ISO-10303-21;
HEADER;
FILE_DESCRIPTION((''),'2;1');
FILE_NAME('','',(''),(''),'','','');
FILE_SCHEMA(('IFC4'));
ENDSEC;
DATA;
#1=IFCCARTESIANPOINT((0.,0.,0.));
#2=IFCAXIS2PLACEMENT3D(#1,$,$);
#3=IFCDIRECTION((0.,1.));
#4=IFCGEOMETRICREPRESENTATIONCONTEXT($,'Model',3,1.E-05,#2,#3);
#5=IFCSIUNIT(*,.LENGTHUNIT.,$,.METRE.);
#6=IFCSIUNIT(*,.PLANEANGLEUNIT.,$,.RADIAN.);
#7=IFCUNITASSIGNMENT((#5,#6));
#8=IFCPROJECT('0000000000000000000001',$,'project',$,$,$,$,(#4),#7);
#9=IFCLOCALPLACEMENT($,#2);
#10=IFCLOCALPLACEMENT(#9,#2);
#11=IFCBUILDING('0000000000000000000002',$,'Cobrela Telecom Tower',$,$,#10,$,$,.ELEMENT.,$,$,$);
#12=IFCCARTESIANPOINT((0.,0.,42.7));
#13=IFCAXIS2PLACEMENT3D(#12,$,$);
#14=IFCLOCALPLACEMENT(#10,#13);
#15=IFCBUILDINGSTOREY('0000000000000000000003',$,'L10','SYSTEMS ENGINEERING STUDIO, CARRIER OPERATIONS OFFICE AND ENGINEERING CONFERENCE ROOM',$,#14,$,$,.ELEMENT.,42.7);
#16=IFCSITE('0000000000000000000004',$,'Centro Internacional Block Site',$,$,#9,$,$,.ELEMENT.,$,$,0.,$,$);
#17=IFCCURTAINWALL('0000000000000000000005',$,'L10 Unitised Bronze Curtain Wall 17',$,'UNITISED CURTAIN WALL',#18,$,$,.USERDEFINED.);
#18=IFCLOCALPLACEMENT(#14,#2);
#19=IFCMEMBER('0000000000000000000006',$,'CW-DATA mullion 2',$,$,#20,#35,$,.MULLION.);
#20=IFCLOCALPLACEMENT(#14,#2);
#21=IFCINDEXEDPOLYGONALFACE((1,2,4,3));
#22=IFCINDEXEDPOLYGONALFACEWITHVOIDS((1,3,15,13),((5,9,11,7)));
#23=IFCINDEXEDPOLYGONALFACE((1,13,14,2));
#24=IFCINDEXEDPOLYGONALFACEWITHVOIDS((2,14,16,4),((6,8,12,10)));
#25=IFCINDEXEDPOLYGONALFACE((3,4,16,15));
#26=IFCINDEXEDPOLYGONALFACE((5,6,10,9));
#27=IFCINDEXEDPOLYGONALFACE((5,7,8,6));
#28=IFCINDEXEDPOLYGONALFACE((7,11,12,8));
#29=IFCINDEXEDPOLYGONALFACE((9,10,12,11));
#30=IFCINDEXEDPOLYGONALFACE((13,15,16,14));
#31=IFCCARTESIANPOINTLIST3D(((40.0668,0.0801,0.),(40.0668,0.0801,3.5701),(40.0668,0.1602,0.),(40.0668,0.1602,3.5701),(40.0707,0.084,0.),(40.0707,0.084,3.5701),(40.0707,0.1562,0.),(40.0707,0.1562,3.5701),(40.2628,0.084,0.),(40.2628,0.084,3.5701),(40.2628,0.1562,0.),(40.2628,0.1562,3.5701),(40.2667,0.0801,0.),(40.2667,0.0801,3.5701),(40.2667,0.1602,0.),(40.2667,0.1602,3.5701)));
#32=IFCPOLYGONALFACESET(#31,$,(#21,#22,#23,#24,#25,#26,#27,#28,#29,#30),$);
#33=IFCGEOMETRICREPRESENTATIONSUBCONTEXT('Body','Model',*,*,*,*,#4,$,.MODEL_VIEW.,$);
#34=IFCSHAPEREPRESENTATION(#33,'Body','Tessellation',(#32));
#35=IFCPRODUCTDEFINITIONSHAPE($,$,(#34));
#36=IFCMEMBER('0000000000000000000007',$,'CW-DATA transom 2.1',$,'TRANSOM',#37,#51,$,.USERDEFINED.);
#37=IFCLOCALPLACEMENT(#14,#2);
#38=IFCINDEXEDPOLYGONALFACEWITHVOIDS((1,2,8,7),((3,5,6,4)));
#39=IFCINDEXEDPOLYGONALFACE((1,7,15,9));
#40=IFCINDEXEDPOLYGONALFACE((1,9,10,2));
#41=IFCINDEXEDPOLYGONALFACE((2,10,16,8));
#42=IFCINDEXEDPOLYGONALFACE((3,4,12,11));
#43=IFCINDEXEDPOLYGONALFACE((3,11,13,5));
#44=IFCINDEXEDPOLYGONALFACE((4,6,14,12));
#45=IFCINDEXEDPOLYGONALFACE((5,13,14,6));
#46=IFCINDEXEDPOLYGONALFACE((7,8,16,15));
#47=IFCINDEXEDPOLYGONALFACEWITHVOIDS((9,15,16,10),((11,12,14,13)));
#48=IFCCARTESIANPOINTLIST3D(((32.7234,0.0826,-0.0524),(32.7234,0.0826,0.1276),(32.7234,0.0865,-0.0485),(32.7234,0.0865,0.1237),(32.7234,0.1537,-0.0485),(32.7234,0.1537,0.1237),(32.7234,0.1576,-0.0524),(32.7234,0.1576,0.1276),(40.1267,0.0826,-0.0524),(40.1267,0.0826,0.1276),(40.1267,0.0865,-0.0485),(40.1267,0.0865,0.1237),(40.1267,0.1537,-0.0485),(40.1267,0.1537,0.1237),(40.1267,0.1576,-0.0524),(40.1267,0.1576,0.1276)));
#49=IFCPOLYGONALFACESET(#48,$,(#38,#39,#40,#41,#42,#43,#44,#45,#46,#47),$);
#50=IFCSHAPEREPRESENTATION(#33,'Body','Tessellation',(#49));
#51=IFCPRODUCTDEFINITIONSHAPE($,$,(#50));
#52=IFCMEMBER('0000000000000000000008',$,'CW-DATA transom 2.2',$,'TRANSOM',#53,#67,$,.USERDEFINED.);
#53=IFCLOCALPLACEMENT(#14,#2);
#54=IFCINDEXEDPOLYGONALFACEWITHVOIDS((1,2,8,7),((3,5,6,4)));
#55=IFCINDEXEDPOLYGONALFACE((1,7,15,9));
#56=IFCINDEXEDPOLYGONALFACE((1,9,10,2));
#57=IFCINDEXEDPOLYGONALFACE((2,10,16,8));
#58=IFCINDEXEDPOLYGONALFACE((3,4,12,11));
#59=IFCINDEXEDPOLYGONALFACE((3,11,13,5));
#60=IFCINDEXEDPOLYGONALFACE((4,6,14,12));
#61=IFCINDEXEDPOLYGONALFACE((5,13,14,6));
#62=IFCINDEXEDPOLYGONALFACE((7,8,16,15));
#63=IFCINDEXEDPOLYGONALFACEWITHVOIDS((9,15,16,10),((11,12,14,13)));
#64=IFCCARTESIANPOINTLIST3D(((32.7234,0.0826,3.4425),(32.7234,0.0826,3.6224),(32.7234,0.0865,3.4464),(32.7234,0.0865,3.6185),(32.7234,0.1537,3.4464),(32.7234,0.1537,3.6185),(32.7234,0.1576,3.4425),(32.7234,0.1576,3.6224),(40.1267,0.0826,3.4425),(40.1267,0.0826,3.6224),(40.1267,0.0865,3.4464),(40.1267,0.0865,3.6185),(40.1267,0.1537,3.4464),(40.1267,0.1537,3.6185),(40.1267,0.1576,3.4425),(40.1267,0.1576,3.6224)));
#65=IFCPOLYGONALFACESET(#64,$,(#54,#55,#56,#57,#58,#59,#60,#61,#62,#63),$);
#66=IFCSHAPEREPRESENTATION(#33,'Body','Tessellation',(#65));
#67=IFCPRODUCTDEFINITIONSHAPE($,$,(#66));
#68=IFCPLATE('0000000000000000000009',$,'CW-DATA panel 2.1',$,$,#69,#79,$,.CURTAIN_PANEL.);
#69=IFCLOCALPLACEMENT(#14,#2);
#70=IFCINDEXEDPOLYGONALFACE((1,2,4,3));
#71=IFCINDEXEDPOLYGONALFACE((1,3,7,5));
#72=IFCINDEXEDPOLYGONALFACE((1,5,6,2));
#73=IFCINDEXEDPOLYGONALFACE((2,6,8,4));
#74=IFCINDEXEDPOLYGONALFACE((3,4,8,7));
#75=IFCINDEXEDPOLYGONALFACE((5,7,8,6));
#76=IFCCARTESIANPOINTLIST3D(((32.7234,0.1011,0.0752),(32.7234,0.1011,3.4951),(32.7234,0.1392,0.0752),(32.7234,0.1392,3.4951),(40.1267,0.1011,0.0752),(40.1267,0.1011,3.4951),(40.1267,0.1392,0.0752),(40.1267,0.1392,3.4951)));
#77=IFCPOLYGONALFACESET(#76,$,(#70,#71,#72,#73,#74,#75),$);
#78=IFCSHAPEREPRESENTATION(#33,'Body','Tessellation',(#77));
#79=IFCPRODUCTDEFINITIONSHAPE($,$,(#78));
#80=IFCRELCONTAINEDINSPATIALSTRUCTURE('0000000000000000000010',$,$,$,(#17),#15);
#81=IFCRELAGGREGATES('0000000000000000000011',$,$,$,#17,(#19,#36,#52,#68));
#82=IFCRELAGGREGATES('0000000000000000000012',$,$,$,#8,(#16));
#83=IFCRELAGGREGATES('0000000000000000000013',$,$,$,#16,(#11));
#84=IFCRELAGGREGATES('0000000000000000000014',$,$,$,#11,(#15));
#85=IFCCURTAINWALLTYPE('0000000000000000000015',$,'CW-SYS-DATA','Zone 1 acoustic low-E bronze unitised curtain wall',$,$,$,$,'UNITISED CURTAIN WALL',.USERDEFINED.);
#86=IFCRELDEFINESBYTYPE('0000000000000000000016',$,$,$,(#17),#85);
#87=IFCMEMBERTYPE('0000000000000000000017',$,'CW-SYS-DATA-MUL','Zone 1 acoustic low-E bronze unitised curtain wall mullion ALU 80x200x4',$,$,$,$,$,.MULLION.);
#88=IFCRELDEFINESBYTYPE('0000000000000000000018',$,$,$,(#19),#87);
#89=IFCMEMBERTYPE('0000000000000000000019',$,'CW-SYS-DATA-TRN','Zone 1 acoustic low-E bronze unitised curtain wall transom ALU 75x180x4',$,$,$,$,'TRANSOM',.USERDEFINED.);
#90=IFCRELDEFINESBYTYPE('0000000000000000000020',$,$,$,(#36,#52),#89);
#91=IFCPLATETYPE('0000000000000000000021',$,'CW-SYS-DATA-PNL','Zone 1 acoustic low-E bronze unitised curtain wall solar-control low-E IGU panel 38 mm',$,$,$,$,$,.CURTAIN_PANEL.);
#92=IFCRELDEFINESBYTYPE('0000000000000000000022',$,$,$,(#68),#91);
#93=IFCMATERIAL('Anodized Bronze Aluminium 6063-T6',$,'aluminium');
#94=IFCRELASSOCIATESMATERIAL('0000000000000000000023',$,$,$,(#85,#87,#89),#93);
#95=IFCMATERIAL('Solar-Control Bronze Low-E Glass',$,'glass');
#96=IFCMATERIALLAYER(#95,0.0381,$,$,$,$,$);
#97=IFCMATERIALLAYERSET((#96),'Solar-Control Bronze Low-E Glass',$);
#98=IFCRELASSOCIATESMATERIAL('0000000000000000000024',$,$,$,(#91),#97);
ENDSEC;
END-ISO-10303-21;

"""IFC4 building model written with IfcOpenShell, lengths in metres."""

from ifc_helpers import new_model, si_unit, direction, frame, origin, origin_2d, place, context, subcontext, project, spatial, rectangle, hollow_rectangle, extrude, material, layer, layer_set, material_profile, profile_set, type_object, element, aggregate, save


model = new_model("IFC4")

# Units and contexts
model_context = context("Model", 3, precision=1e-05, world=origin(), true_north=direction((0.0, 1.0)))
body_context = subcontext(model_context, "Body", "Model", "MODEL_VIEW")
ifc_project = project(units=[si_unit("LENGTHUNIT", "METRE"), si_unit("PLANEANGLEUNIT", "RADIAN")], contexts=[model_context])

# Site, building, storey
site_placement = place(None, origin())
site = spatial("IfcSite", under=ifc_project, at=site_placement, Name="Centro Internacional Block Site", CompositionType="ELEMENT", RefElevation=0.0)
building_placement = place(site_placement, origin())
building = spatial("IfcBuilding", under=site, at=building_placement, Name="Cobrela Telecom Tower", CompositionType="ELEMENT")
storey_placement = place(building_placement, frame((0.0, 0.0, 42.7)))
storey = spatial("IfcBuildingStorey", under=building, at=storey_placement, Name="L10", Description="SYSTEMS ENGINEERING STUDIO, CARRIER OPERATIONS OFFICE AND ENGINEERING CONFERENCE ROOM", CompositionType="ELEMENT", Elevation=42.7)

# Curtain wall, members, plate
ifc_material_1 = material(Name="Anodized Bronze Aluminium 6063-T6", Category="aluminium")
curtain_wall_type = type_object("IfcCurtainWallType", Name="CW-SYS-DATA", Description="Zone 1 acoustic low-E bronze unitised curtain wall", ElementType="UNITISED CURTAIN WALL", PredefinedType="USERDEFINED", material=ifc_material_1)
curtain_wall_placement = place(storey_placement, origin())
curtain_wall = element("IfcCurtainWall", 1, at=curtain_wall_placement, inside=storey, type_object=curtain_wall_type, Name="L10 Unitised Bronze Curtain Wall 17", ObjectType="UNITISED CURTAIN WALL", PredefinedType="USERDEFINED")
ifc_material_profile_1 = material_profile(ifc_material_1, hollow_rectangle(XDim=0.0801, YDim=0.2, WallThickness=0.0039, at=origin_2d()), Name="ALU 80x200x4")
ifc_profile_set_1 = profile_set([ifc_material_profile_1], Name="Anodized Bronze Aluminium 6063-T6")
member_type_1 = type_object("IfcMemberType", Name="CW-SYS-DATA-MUL", Description="Zone 1 acoustic low-E bronze unitised curtain wall mullion ALU 80x200x4", PredefinedType="MULLION", material=ifc_profile_set_1)
member_1_placement = place(storey_placement, frame((40.1667, 0.1201, 0.0), z_axis=(0.0, 0.0, 1.0), x_axis=(0.0, -1.0, 0.0)))
member_1 = element("IfcMember", 2, at=member_1_placement, type_object=member_type_1, Name="CW-DATA mullion 2", PredefinedType="MULLION", context=body_context, shape_type="SweptSolid", body=[
    extrude(hollow_rectangle(XDim=0.0801, YDim=0.2, WallThickness=0.0039, at=origin_2d()), origin(), (0.0, 0.0, 1.0), 3.5701),
])
ifc_material_profile_2 = material_profile(ifc_material_1, hollow_rectangle(XDim=0.075, YDim=0.1799, WallThickness=0.0039, at=origin_2d()), Name="ALU 75x180x4")
ifc_profile_set_2 = profile_set([ifc_material_profile_2], Name="Anodized Bronze Aluminium 6063-T6")
member_type_2 = type_object("IfcMemberType", Name="CW-SYS-DATA-TRN", Description="Zone 1 acoustic low-E bronze unitised curtain wall transom ALU 75x180x4", ElementType="TRANSOM", PredefinedType="USERDEFINED", material=ifc_profile_set_2)
member_2_placement = place(storey_placement, frame((40.1267, 0.1201, 0.0376), z_axis=(-1.0, 0.0, 0.0), x_axis=(0.0, -1.0, 0.0)))
member_2 = element("IfcMember", 3, at=member_2_placement, type_object=member_type_2, Name="CW-DATA transom 2.1", ObjectType="TRANSOM", PredefinedType="USERDEFINED", context=body_context, shape_type="SweptSolid", body=[
    extrude(hollow_rectangle(XDim=0.075, YDim=0.1799, WallThickness=0.0039, at=origin_2d()), origin(), (0.0, 0.0, 1.0), 7.4033),
])
member_3_placement = place(storey_placement, frame((40.1267, 0.1201, 3.5325), z_axis=(-1.0, 0.0, 0.0), x_axis=(0.0, -1.0, 0.0)))
member_3 = element("IfcMember", 4, at=member_3_placement, type_object=member_type_2, Name="CW-DATA transom 2.2", ObjectType="TRANSOM", PredefinedType="USERDEFINED", context=body_context, shape_type="SweptSolid", body=[
    extrude(hollow_rectangle(XDim=0.075, YDim=0.1799, WallThickness=0.0039, at=origin_2d()), origin(), (0.0, 0.0, 1.0), 7.4033),
])
ifc_material_2 = material(Name="Solar-Control Bronze Low-E Glass", Category="glass")
ifc_layer = layer(ifc_material_2, 0.0381)
ifc_layer_set = layer_set([ifc_layer], Name="Solar-Control Bronze Low-E Glass")
plate_type = type_object("IfcPlateType", Name="CW-SYS-DATA-PNL", Description="Zone 1 acoustic low-E bronze unitised curtain wall solar-control low-E IGU panel 38 mm", PredefinedType="CURTAIN_PANEL", material=ifc_layer_set)
plate_placement = place(storey_placement, frame((36.425, 0.1201, 0.0752), z_axis=(0.0, 0.0, 1.0), x_axis=(-1.0, 0.0, 0.0)))
plate = element("IfcPlate", 5, at=plate_placement, type_object=plate_type, Name="CW-DATA panel 2.1", PredefinedType="CURTAIN_PANEL", context=body_context, shape_type="SweptSolid", body=[
    extrude(rectangle(XDim=7.4033, YDim=0.0381, at=origin_2d()), origin(), (0.0, 0.0, 1.0), 3.4199),
])
aggregate(curtain_wall, [member_1, member_2, member_3, plate])

save(model, "model.ifc")
